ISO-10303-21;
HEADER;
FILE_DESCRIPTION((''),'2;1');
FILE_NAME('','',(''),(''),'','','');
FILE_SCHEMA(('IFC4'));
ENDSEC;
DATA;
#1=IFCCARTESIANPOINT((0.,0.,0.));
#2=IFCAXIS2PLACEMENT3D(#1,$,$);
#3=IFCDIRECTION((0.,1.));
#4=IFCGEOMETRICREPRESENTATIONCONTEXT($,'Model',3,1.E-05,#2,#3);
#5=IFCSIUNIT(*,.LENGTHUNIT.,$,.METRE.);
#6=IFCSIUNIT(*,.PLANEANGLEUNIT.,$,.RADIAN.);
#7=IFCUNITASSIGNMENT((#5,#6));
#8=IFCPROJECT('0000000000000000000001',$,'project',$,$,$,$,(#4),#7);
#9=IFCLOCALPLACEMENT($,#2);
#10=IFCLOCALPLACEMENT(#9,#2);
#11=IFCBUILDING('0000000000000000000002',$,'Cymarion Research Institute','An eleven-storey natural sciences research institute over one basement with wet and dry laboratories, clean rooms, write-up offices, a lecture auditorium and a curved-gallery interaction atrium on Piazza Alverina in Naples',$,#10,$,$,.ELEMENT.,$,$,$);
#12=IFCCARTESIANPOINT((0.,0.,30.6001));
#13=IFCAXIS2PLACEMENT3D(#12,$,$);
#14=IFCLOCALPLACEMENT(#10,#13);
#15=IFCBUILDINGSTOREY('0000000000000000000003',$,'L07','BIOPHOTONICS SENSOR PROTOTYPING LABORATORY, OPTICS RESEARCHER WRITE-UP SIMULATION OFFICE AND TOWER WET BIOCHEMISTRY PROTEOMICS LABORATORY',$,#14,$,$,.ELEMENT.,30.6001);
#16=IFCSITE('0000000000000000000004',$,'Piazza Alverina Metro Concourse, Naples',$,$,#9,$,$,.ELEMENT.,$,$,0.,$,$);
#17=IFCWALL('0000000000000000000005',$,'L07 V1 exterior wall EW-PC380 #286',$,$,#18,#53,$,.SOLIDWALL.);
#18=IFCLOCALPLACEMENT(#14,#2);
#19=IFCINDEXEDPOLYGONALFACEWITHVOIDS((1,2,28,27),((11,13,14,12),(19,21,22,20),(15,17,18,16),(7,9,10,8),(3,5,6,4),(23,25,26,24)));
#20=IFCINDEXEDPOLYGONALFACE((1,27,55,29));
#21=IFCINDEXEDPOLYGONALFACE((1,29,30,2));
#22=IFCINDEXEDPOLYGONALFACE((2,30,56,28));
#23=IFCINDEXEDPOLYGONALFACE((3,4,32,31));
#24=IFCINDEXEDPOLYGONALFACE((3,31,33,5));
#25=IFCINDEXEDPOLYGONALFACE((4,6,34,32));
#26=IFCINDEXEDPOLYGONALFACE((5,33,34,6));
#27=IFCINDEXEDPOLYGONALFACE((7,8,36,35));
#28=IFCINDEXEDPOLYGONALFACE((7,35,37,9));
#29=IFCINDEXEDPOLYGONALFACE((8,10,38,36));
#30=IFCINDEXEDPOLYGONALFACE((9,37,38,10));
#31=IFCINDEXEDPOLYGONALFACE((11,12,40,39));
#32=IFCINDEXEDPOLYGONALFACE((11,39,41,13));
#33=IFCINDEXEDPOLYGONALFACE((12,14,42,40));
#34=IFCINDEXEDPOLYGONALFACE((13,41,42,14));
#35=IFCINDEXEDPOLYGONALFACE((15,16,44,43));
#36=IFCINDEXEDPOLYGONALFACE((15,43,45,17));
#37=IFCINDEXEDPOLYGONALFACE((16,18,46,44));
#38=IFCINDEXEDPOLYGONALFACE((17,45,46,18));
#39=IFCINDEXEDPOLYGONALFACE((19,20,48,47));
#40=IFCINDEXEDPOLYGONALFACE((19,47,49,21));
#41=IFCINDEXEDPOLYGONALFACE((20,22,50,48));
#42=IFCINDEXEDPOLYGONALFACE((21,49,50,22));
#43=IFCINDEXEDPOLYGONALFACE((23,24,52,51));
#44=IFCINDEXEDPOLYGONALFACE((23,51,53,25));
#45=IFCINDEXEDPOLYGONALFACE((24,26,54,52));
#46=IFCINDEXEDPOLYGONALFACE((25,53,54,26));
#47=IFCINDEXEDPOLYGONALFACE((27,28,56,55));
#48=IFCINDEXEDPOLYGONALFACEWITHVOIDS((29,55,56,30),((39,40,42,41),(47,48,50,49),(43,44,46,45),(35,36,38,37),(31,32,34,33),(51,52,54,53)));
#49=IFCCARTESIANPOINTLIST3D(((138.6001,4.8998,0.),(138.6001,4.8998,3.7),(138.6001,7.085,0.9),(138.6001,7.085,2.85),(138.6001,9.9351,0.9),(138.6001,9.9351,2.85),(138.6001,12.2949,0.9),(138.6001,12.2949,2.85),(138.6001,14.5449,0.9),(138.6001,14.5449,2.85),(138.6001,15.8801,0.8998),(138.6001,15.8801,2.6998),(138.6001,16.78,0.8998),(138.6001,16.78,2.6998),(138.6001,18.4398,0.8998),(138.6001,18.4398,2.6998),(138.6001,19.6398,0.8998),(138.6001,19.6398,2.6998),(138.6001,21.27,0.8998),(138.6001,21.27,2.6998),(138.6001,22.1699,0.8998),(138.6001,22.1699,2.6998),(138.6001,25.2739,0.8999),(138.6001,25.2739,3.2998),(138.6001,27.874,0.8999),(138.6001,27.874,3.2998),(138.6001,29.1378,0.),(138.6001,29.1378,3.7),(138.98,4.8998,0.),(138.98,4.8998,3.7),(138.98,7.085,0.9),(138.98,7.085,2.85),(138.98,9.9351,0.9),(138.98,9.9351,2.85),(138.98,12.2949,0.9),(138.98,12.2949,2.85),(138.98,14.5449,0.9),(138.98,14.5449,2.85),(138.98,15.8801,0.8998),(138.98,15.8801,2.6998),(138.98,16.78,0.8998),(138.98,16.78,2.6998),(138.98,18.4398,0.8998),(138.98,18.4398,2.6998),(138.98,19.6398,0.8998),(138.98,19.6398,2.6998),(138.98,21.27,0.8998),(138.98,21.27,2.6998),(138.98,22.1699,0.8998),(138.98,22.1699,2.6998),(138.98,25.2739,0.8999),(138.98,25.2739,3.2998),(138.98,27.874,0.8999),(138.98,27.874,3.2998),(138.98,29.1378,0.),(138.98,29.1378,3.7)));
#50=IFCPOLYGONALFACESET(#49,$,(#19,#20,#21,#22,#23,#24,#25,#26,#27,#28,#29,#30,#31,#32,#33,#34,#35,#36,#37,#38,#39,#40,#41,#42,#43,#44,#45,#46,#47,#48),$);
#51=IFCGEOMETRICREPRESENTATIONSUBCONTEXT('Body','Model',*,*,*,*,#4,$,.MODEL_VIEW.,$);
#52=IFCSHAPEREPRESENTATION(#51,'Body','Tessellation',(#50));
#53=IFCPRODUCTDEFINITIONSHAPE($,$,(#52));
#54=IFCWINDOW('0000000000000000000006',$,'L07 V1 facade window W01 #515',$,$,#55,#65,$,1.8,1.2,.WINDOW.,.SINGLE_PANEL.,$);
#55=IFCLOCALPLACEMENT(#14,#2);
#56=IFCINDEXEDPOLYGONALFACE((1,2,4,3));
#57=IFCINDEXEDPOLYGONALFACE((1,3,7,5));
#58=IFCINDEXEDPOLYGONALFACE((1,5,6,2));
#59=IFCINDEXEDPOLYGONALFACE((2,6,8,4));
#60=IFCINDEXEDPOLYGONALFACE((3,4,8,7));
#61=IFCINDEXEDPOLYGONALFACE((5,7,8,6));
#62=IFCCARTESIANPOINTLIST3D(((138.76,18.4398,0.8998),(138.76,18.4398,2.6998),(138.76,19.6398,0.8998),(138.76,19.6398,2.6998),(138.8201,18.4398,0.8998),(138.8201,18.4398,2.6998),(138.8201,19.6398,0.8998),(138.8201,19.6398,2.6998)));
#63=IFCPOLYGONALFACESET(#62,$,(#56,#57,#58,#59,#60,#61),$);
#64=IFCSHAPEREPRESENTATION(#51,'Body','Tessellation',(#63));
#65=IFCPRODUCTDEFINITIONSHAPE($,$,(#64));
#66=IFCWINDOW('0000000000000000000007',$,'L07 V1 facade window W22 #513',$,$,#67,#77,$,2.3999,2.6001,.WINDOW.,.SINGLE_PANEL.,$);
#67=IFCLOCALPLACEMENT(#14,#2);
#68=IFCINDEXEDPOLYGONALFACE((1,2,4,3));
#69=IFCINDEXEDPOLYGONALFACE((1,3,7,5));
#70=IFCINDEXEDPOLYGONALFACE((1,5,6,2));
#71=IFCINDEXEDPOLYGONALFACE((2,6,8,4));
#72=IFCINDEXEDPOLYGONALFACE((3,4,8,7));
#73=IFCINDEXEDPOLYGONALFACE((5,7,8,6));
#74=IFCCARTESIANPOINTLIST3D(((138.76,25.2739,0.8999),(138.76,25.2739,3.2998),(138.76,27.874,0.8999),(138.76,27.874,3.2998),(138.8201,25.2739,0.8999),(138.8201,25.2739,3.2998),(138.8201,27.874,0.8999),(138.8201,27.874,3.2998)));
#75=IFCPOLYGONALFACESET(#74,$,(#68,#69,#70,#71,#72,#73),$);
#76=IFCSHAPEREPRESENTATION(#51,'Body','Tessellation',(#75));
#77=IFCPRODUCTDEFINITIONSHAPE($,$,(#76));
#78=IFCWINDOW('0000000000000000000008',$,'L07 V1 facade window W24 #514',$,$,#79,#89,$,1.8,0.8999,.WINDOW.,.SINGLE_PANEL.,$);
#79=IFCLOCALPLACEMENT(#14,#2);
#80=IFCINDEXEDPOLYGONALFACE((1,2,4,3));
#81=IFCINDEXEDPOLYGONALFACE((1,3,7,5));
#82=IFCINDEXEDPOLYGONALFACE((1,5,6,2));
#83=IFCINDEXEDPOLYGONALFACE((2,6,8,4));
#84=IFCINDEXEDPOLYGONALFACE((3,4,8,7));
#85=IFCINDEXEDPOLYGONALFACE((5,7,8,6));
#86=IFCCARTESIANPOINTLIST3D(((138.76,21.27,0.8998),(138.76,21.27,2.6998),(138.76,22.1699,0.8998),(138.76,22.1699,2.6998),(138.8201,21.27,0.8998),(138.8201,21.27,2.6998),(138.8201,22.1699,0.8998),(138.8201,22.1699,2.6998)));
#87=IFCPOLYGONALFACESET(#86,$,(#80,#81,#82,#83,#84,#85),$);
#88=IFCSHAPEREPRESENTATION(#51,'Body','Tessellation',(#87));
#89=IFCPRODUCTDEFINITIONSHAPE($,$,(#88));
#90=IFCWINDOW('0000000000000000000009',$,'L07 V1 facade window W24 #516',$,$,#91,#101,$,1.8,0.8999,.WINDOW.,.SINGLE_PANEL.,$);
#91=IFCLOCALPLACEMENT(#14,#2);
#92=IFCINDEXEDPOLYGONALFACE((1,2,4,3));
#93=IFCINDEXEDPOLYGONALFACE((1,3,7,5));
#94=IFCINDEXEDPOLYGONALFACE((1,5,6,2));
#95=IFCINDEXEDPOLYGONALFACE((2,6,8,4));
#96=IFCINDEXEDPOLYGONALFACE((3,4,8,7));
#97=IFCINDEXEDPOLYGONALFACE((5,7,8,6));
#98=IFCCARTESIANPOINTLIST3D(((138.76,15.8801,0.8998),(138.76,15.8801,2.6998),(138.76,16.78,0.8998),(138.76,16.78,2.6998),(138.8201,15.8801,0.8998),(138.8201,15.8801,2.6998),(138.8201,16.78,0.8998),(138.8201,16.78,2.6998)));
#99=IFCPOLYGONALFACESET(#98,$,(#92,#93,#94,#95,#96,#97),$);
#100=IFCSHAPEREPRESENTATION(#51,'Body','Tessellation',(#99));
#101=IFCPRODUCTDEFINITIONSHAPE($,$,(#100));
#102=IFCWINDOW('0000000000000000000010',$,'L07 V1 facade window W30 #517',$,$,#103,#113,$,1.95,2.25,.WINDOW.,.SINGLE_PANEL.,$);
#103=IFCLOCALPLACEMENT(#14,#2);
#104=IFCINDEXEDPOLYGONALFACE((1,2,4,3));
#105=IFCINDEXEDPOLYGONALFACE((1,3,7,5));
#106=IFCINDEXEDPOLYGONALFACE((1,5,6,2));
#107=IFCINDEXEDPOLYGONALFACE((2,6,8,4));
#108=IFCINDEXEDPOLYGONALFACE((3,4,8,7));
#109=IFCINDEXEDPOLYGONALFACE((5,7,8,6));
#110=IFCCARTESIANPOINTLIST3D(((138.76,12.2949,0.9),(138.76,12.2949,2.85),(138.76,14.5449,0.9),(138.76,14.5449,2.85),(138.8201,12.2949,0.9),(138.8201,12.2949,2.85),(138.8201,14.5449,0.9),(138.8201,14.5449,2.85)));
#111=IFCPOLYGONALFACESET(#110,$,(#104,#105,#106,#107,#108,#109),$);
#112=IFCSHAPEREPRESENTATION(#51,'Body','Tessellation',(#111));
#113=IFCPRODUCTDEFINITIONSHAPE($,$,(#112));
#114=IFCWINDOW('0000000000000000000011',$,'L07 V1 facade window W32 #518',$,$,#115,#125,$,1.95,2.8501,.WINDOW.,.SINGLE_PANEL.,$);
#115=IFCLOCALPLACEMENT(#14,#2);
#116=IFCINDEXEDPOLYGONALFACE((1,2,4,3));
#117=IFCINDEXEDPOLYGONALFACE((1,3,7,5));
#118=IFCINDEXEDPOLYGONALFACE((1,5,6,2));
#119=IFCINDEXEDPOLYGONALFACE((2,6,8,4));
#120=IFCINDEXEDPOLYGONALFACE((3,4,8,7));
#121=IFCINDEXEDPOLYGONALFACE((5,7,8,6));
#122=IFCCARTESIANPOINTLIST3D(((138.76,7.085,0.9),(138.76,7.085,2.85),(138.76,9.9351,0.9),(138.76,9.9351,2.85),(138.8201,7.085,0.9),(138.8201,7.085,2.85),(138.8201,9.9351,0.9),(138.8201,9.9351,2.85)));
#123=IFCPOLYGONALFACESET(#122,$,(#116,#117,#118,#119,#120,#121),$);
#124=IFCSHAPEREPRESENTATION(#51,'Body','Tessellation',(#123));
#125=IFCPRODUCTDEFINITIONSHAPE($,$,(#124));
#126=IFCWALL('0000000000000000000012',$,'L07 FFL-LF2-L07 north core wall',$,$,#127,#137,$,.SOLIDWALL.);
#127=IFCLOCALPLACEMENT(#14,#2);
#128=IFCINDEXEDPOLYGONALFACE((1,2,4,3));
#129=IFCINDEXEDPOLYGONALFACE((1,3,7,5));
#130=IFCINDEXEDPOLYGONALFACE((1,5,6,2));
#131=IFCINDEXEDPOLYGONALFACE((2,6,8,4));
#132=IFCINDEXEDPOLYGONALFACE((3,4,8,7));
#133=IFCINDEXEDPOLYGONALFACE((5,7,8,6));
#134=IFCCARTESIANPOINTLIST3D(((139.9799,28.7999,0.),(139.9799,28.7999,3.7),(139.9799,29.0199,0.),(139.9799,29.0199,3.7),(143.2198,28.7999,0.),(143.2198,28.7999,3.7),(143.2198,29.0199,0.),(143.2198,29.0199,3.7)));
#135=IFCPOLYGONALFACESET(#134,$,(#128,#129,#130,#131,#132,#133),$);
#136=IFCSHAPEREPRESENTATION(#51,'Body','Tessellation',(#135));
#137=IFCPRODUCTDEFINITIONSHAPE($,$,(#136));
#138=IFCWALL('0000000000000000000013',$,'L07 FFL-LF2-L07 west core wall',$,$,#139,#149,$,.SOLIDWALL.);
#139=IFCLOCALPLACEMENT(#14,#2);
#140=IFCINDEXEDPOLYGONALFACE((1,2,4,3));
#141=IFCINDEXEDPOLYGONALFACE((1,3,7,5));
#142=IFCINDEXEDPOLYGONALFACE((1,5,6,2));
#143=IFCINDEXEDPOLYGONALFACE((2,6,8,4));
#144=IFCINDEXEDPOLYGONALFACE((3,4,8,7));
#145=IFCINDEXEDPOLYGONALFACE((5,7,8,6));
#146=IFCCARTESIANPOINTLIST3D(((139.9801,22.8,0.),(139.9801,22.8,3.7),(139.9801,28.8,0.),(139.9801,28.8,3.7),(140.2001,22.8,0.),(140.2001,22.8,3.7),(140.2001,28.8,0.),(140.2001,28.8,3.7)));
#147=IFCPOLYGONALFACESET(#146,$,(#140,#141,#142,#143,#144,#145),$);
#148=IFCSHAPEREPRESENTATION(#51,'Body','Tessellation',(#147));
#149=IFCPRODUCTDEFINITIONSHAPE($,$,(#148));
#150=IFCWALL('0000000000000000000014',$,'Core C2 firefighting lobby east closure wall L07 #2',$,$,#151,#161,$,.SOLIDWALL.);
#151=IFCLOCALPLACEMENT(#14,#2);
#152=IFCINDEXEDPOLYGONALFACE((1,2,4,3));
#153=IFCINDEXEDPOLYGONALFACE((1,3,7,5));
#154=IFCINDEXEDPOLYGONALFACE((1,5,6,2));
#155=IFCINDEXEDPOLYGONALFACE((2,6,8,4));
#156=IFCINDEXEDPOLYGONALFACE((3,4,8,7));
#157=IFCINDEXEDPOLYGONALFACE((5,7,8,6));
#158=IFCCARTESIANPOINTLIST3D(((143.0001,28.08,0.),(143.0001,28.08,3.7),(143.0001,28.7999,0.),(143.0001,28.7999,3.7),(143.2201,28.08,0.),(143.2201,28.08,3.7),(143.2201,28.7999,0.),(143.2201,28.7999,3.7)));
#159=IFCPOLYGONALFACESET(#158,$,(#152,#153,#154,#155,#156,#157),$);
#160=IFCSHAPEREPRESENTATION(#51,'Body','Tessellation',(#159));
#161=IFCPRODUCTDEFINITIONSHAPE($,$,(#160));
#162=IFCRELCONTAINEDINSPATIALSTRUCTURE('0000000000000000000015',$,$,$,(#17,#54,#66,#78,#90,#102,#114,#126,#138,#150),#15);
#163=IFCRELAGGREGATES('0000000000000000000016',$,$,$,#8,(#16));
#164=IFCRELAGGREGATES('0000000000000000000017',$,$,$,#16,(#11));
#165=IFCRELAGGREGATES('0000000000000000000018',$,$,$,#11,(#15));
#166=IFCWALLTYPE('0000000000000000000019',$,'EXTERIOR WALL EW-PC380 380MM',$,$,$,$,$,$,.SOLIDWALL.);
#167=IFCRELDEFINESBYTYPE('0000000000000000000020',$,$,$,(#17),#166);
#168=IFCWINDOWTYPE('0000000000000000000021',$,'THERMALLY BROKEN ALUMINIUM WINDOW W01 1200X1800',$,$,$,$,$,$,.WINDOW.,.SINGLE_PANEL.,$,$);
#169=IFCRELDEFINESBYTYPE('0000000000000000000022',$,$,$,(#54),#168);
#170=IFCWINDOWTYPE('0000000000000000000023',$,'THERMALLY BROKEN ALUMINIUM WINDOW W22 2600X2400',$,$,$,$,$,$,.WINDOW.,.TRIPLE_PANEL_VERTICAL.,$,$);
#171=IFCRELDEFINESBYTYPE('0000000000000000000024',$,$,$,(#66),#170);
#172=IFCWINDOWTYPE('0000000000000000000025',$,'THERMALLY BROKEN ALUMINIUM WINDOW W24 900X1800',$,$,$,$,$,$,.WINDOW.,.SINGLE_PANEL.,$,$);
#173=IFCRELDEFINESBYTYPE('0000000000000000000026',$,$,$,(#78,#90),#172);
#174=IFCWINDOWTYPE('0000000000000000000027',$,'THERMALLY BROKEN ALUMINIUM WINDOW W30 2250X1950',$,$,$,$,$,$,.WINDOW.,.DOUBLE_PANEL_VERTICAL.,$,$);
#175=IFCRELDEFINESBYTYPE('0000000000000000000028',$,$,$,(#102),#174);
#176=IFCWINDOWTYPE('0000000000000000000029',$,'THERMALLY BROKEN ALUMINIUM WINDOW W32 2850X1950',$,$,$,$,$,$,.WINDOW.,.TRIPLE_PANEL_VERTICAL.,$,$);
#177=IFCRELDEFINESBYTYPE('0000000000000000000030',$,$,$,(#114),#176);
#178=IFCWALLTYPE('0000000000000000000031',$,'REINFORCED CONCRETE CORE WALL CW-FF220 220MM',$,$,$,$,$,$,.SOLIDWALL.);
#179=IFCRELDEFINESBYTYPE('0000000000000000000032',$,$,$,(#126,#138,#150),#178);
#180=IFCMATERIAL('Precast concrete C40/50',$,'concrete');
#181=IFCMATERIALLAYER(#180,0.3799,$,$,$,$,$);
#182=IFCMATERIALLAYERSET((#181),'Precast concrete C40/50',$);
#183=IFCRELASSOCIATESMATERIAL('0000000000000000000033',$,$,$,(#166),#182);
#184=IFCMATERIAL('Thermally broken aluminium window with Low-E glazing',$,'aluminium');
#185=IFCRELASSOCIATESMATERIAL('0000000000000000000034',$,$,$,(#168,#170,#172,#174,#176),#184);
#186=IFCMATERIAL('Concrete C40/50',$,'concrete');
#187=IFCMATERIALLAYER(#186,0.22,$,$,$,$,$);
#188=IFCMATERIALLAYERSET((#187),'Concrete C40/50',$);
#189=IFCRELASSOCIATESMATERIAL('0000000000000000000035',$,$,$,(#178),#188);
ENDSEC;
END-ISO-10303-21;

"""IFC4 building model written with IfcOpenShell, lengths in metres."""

from ifc_helpers import new_model, si_unit, direction, frame, frame_2d, origin, place, context, subcontext, project, spatial, rectangle, extrude, material, layer, layer_set, type_object, element, fill, save


model = new_model("IFC4")

# Units and contexts
model_context = context("Model", 3, precision=1e-05, world=origin(), true_north=direction((0.0, 1.0)))
body_context = subcontext(model_context, "Body", "Model", "MODEL_VIEW")
ifc_project = project(units=[si_unit("LENGTHUNIT", "METRE"), si_unit("PLANEANGLEUNIT", "RADIAN")], contexts=[model_context])

# Site, building, storey
site_placement = place(None, origin())
site = spatial("IfcSite", under=ifc_project, at=site_placement, Name="Piazza Alverina Metro Concourse, Naples", CompositionType="ELEMENT", RefElevation=0.0)
building_placement = place(site_placement, origin())
building = spatial("IfcBuilding", under=site, at=building_placement, Name="Cymarion Research Institute", Description="An eleven-storey natural sciences research institute over one basement with wet and dry laboratories, clean rooms, write-up offices, a lecture auditorium and a curved-gallery interaction atrium on Piazza Alverina in Naples", CompositionType="ELEMENT")
storey_placement = place(building_placement, frame((0.0, 0.0, 30.6001)))
storey = spatial("IfcBuildingStorey", under=building, at=storey_placement, Name="L07", Description="BIOPHOTONICS SENSOR PROTOTYPING LABORATORY, OPTICS RESEARCHER WRITE-UP SIMULATION OFFICE AND TOWER WET BIOCHEMISTRY PROTEOMICS LABORATORY", CompositionType="ELEMENT", Elevation=30.6001)

# Wall, openings, windows
ifc_material_1 = material(Name="Precast concrete C40/50", Category="concrete")
ifc_layer_1 = layer(ifc_material_1, 0.3799)
ifc_layer_set_1 = layer_set([ifc_layer_1], Name="Precast concrete C40/50")
wall_type_1 = type_object("IfcWallType", Name="EXTERIOR WALL EW-PC380 380MM", PredefinedType="SOLIDWALL", material=ifc_layer_set_1)
wall_1_placement = place(storey_placement, frame((138.79, 29.1379, 0.0), z_axis=(0.0, 0.0, 1.0), x_axis=(0.0, -1.0, 0.0)))
wall_1 = element("IfcWall", 1, at=wall_1_placement, inside=storey, type_object=wall_type_1, Name="L07 V1 exterior wall EW-PC380 #286", PredefinedType="SOLIDWALL", context=body_context, shape_type="SweptSolid", body=[
    extrude(rectangle(XDim=24.238, YDim=0.3799, at=frame_2d((12.1191, 0.0))), origin(), (0.0, 0.0, 1.0), 3.7),
])
opening_1_placement = place(wall_1_placement, frame((1.2639, 0.0, 0.8999)))
opening_1 = element("IfcOpeningElement", 2, at=opening_1_placement, cuts=wall_1, PredefinedType="OPENING", context=body_context, shape_type="SweptSolid", body=[
    extrude(rectangle(XDim=2.6001, YDim=2.3999, at=frame_2d((1.3, 1.2))), frame((0.0, 0.2, 0.0), z_axis=(0.0, -1.0, 0.0), x_axis=(1.0, 0.0, 0.0)), (0.0, 0.0, 1.0), 0.3999),
])
opening_2_placement = place(wall_1_placement, frame((6.968, 0.0, 0.8999)))
opening_2 = element("IfcOpeningElement", 3, at=opening_2_placement, cuts=wall_1, PredefinedType="OPENING", context=body_context, shape_type="SweptSolid", body=[
    extrude(rectangle(XDim=0.8999, YDim=1.8, at=frame_2d((0.45, 0.8999))), frame((0.0, 0.2, 0.0), z_axis=(0.0, -1.0, 0.0), x_axis=(1.0, 0.0, 0.0)), (0.0, 0.0, 1.0), 0.3999),
])
opening_3_placement = place(wall_1_placement, frame((9.498, 0.0, 0.8999)))
opening_3 = element("IfcOpeningElement", 4, at=opening_3_placement, cuts=wall_1, PredefinedType="OPENING", context=body_context, shape_type="SweptSolid", body=[
    extrude(rectangle(XDim=1.2, YDim=1.8, at=frame_2d((0.6001, 0.8999))), frame((0.0, 0.2, 0.0), z_axis=(0.0, -1.0, 0.0), x_axis=(1.0, 0.0, 0.0)), (0.0, 0.0, 1.0), 0.3999),
])
opening_4_placement = place(wall_1_placement, frame((12.3579, 0.0, 0.8999)))
opening_4 = element("IfcOpeningElement", 5, at=opening_4_placement, cuts=wall_1, PredefinedType="OPENING", context=body_context, shape_type="SweptSolid", body=[
    extrude(rectangle(XDim=0.8999, YDim=1.8, at=frame_2d((0.45, 0.8999))), frame((0.0, 0.2, 0.0), z_axis=(0.0, -1.0, 0.0), x_axis=(1.0, 0.0, 0.0)), (0.0, 0.0, 1.0), 0.3999),
])
opening_5_placement = place(wall_1_placement, frame((14.593, 0.0, 0.8999)))
opening_5 = element("IfcOpeningElement", 6, at=opening_5_placement, cuts=wall_1, PredefinedType="OPENING", context=body_context, shape_type="SweptSolid", body=[
    extrude(rectangle(XDim=2.25, YDim=1.95, at=frame_2d((1.125, 0.9751))), frame((0.0, 0.2, 0.0), z_axis=(0.0, -1.0, 0.0), x_axis=(1.0, 0.0, 0.0)), (0.0, 0.0, 1.0), 0.3999),
])
opening_6_placement = place(wall_1_placement, frame((19.2029, 0.0, 0.8999)))
opening_6 = element("IfcOpeningElement", 7, at=opening_6_placement, cuts=wall_1, PredefinedType="OPENING", context=body_context, shape_type="SweptSolid", body=[
    extrude(rectangle(XDim=2.8501, YDim=1.95, at=frame_2d((1.425, 0.9751))), frame((0.0, 0.2, 0.0), z_axis=(0.0, -1.0, 0.0), x_axis=(1.0, 0.0, 0.0)), (0.0, 0.0, 1.0), 0.3999),
])
ifc_material_2 = material(Name="Thermally broken aluminium window with Low-E glazing", Category="aluminium")
window_type_1 = type_object("IfcWindowType", Name="THERMALLY BROKEN ALUMINIUM WINDOW W01 1200X1800", PartitioningType="SINGLE_PANEL", PredefinedType="WINDOW", material=ifc_material_2)
window_1_placement = place(opening_3_placement, origin())
window_1 = element("IfcWindow", 8, at=window_1_placement, inside=storey, type_object=window_type_1, Name="L07 V1 facade window W01 #515", OverallHeight=1.8, OverallWidth=1.2, PartitioningType="SINGLE_PANEL", PredefinedType="WINDOW", context=body_context, shape_type="SweptSolid", body=[
    extrude(rectangle(XDim=1.2, YDim=1.8, at=frame_2d((0.6001, 0.8999))), frame((0.0, 0.03, 0.0), z_axis=(0.0, -1.0, 0.0), x_axis=(1.0, 0.0, 0.0)), (0.0, 0.0, 1.0), 0.0601),
])
fill(opening_3, window_1)
window_type_2 = type_object("IfcWindowType", Name="THERMALLY BROKEN ALUMINIUM WINDOW W22 2600X2400", PartitioningType="TRIPLE_PANEL_VERTICAL", PredefinedType="WINDOW", material=ifc_material_2)
window_2_placement = place(opening_1_placement, origin())
window_2 = element("IfcWindow", 9, at=window_2_placement, inside=storey, type_object=window_type_2, Name="L07 V1 facade window W22 #513", OverallHeight=2.3999, OverallWidth=2.6001, PartitioningType="SINGLE_PANEL", PredefinedType="WINDOW", context=body_context, shape_type="SweptSolid", body=[
    extrude(rectangle(XDim=2.6001, YDim=2.3999, at=frame_2d((1.3, 1.2))), frame((0.0, 0.03, 0.0), z_axis=(0.0, -1.0, 0.0), x_axis=(1.0, 0.0, 0.0)), (0.0, 0.0, 1.0), 0.0601),
])
fill(opening_1, window_2)
window_type_3 = type_object("IfcWindowType", Name="THERMALLY BROKEN ALUMINIUM WINDOW W24 900X1800", PartitioningType="SINGLE_PANEL", PredefinedType="WINDOW", material=ifc_material_2)
window_3_placement = place(opening_2_placement, origin())
window_3 = element("IfcWindow", 10, at=window_3_placement, inside=storey, type_object=window_type_3, Name="L07 V1 facade window W24 #514", OverallHeight=1.8, OverallWidth=0.8999, PartitioningType="SINGLE_PANEL", PredefinedType="WINDOW", context=body_context, shape_type="SweptSolid", body=[
    extrude(rectangle(XDim=0.8999, YDim=1.8, at=frame_2d((0.45, 0.8999))), frame((0.0, 0.03, 0.0), z_axis=(0.0, -1.0, 0.0), x_axis=(1.0, 0.0, 0.0)), (0.0, 0.0, 1.0), 0.0601),
])
fill(opening_2, window_3)
window_4_placement = place(opening_4_placement, origin())
window_4 = element("IfcWindow", 11, at=window_4_placement, inside=storey, type_object=window_type_3, Name="L07 V1 facade window W24 #516", OverallHeight=1.8, OverallWidth=0.8999, PartitioningType="SINGLE_PANEL", PredefinedType="WINDOW", context=body_context, shape_type="SweptSolid", body=[
    extrude(rectangle(XDim=0.8999, YDim=1.8, at=frame_2d((0.45, 0.8999))), frame((0.0, 0.03, 0.0), z_axis=(0.0, -1.0, 0.0), x_axis=(1.0, 0.0, 0.0)), (0.0, 0.0, 1.0), 0.0601),
])
fill(opening_4, window_4)
window_type_4 = type_object("IfcWindowType", Name="THERMALLY BROKEN ALUMINIUM WINDOW W30 2250X1950", PartitioningType="DOUBLE_PANEL_VERTICAL", PredefinedType="WINDOW", material=ifc_material_2)
window_5_placement = place(opening_5_placement, origin())
window_5 = element("IfcWindow", 12, at=window_5_placement, inside=storey, type_object=window_type_4, Name="L07 V1 facade window W30 #517", OverallHeight=1.95, OverallWidth=2.25, PartitioningType="SINGLE_PANEL", PredefinedType="WINDOW", context=body_context, shape_type="SweptSolid", body=[
    extrude(rectangle(XDim=2.25, YDim=1.95, at=frame_2d((1.125, 0.9751))), frame((0.0, 0.03, 0.0), z_axis=(0.0, -1.0, 0.0), x_axis=(1.0, 0.0, 0.0)), (0.0, 0.0, 1.0), 0.0601),
])
fill(opening_5, window_5)
window_type_5 = type_object("IfcWindowType", Name="THERMALLY BROKEN ALUMINIUM WINDOW W32 2850X1950", PartitioningType="TRIPLE_PANEL_VERTICAL", PredefinedType="WINDOW", material=ifc_material_2)
window_6_placement = place(opening_6_placement, origin())
window_6 = element("IfcWindow", 13, at=window_6_placement, inside=storey, type_object=window_type_5, Name="L07 V1 facade window W32 #518", OverallHeight=1.95, OverallWidth=2.8501, PartitioningType="SINGLE_PANEL", PredefinedType="WINDOW", context=body_context, shape_type="SweptSolid", body=[
    extrude(rectangle(XDim=2.8501, YDim=1.95, at=frame_2d((1.425, 0.9751))), frame((0.0, 0.03, 0.0), z_axis=(0.0, -1.0, 0.0), x_axis=(1.0, 0.0, 0.0)), (0.0, 0.0, 1.0), 0.0601),
])
fill(opening_6, window_6)

# Walls
ifc_material_3 = material(Name="Concrete C40/50", Category="concrete")
ifc_layer_2 = layer(ifc_material_3, 0.22)
ifc_layer_set_2 = layer_set([ifc_layer_2], Name="Concrete C40/50")
wall_type_2 = type_object("IfcWallType", Name="REINFORCED CONCRETE CORE WALL CW-FF220 220MM", PredefinedType="SOLIDWALL", material=ifc_layer_set_2)
wall_2_placement = place(storey_placement, frame((143.22, 28.9099, 0.0), z_axis=(0.0, 0.0, 1.0), x_axis=(-1.0, 0.0, 0.0)))
element("IfcWall", 14, at=wall_2_placement, inside=storey, type_object=wall_type_2, Name="L07 FFL-LF2-L07 north core wall", PredefinedType="SOLIDWALL", context=body_context, shape_type="SweptSolid", body=[
    extrude(rectangle(XDim=3.24, YDim=0.22, at=frame_2d((1.6201, 0.0))), origin(), (0.0, 0.0, 1.0), 3.7),
])
wall_3_placement = place(storey_placement, frame((140.0901, 28.8, 0.0), z_axis=(0.0, 0.0, 1.0), x_axis=(0.0, -1.0, 0.0)))
element("IfcWall", 15, at=wall_3_placement, inside=storey, type_object=wall_type_2, Name="L07 FFL-LF2-L07 west core wall", PredefinedType="SOLIDWALL", context=body_context, shape_type="SweptSolid", body=[
    extrude(rectangle(XDim=6.0, YDim=0.22, at=frame_2d((3.0, 0.0))), origin(), (0.0, 0.0, 1.0), 3.7),
])
wall_4_placement = place(storey_placement, frame((143.1101, 28.0801, 0.0), z_axis=(0.0, 0.0, 1.0), x_axis=(0.0, 1.0, 0.0)))
element("IfcWall", 16, at=wall_4_placement, inside=storey, type_object=wall_type_2, Name="Core C2 firefighting lobby east closure wall L07 #2", PredefinedType="SOLIDWALL", context=body_context, shape_type="SweptSolid", body=[
    extrude(rectangle(XDim=0.72, YDim=0.22, at=frame_2d((0.3599, 0.0))), origin(), (0.0, 0.0, 1.0), 3.7),
])

save(model, "model.ifc")
